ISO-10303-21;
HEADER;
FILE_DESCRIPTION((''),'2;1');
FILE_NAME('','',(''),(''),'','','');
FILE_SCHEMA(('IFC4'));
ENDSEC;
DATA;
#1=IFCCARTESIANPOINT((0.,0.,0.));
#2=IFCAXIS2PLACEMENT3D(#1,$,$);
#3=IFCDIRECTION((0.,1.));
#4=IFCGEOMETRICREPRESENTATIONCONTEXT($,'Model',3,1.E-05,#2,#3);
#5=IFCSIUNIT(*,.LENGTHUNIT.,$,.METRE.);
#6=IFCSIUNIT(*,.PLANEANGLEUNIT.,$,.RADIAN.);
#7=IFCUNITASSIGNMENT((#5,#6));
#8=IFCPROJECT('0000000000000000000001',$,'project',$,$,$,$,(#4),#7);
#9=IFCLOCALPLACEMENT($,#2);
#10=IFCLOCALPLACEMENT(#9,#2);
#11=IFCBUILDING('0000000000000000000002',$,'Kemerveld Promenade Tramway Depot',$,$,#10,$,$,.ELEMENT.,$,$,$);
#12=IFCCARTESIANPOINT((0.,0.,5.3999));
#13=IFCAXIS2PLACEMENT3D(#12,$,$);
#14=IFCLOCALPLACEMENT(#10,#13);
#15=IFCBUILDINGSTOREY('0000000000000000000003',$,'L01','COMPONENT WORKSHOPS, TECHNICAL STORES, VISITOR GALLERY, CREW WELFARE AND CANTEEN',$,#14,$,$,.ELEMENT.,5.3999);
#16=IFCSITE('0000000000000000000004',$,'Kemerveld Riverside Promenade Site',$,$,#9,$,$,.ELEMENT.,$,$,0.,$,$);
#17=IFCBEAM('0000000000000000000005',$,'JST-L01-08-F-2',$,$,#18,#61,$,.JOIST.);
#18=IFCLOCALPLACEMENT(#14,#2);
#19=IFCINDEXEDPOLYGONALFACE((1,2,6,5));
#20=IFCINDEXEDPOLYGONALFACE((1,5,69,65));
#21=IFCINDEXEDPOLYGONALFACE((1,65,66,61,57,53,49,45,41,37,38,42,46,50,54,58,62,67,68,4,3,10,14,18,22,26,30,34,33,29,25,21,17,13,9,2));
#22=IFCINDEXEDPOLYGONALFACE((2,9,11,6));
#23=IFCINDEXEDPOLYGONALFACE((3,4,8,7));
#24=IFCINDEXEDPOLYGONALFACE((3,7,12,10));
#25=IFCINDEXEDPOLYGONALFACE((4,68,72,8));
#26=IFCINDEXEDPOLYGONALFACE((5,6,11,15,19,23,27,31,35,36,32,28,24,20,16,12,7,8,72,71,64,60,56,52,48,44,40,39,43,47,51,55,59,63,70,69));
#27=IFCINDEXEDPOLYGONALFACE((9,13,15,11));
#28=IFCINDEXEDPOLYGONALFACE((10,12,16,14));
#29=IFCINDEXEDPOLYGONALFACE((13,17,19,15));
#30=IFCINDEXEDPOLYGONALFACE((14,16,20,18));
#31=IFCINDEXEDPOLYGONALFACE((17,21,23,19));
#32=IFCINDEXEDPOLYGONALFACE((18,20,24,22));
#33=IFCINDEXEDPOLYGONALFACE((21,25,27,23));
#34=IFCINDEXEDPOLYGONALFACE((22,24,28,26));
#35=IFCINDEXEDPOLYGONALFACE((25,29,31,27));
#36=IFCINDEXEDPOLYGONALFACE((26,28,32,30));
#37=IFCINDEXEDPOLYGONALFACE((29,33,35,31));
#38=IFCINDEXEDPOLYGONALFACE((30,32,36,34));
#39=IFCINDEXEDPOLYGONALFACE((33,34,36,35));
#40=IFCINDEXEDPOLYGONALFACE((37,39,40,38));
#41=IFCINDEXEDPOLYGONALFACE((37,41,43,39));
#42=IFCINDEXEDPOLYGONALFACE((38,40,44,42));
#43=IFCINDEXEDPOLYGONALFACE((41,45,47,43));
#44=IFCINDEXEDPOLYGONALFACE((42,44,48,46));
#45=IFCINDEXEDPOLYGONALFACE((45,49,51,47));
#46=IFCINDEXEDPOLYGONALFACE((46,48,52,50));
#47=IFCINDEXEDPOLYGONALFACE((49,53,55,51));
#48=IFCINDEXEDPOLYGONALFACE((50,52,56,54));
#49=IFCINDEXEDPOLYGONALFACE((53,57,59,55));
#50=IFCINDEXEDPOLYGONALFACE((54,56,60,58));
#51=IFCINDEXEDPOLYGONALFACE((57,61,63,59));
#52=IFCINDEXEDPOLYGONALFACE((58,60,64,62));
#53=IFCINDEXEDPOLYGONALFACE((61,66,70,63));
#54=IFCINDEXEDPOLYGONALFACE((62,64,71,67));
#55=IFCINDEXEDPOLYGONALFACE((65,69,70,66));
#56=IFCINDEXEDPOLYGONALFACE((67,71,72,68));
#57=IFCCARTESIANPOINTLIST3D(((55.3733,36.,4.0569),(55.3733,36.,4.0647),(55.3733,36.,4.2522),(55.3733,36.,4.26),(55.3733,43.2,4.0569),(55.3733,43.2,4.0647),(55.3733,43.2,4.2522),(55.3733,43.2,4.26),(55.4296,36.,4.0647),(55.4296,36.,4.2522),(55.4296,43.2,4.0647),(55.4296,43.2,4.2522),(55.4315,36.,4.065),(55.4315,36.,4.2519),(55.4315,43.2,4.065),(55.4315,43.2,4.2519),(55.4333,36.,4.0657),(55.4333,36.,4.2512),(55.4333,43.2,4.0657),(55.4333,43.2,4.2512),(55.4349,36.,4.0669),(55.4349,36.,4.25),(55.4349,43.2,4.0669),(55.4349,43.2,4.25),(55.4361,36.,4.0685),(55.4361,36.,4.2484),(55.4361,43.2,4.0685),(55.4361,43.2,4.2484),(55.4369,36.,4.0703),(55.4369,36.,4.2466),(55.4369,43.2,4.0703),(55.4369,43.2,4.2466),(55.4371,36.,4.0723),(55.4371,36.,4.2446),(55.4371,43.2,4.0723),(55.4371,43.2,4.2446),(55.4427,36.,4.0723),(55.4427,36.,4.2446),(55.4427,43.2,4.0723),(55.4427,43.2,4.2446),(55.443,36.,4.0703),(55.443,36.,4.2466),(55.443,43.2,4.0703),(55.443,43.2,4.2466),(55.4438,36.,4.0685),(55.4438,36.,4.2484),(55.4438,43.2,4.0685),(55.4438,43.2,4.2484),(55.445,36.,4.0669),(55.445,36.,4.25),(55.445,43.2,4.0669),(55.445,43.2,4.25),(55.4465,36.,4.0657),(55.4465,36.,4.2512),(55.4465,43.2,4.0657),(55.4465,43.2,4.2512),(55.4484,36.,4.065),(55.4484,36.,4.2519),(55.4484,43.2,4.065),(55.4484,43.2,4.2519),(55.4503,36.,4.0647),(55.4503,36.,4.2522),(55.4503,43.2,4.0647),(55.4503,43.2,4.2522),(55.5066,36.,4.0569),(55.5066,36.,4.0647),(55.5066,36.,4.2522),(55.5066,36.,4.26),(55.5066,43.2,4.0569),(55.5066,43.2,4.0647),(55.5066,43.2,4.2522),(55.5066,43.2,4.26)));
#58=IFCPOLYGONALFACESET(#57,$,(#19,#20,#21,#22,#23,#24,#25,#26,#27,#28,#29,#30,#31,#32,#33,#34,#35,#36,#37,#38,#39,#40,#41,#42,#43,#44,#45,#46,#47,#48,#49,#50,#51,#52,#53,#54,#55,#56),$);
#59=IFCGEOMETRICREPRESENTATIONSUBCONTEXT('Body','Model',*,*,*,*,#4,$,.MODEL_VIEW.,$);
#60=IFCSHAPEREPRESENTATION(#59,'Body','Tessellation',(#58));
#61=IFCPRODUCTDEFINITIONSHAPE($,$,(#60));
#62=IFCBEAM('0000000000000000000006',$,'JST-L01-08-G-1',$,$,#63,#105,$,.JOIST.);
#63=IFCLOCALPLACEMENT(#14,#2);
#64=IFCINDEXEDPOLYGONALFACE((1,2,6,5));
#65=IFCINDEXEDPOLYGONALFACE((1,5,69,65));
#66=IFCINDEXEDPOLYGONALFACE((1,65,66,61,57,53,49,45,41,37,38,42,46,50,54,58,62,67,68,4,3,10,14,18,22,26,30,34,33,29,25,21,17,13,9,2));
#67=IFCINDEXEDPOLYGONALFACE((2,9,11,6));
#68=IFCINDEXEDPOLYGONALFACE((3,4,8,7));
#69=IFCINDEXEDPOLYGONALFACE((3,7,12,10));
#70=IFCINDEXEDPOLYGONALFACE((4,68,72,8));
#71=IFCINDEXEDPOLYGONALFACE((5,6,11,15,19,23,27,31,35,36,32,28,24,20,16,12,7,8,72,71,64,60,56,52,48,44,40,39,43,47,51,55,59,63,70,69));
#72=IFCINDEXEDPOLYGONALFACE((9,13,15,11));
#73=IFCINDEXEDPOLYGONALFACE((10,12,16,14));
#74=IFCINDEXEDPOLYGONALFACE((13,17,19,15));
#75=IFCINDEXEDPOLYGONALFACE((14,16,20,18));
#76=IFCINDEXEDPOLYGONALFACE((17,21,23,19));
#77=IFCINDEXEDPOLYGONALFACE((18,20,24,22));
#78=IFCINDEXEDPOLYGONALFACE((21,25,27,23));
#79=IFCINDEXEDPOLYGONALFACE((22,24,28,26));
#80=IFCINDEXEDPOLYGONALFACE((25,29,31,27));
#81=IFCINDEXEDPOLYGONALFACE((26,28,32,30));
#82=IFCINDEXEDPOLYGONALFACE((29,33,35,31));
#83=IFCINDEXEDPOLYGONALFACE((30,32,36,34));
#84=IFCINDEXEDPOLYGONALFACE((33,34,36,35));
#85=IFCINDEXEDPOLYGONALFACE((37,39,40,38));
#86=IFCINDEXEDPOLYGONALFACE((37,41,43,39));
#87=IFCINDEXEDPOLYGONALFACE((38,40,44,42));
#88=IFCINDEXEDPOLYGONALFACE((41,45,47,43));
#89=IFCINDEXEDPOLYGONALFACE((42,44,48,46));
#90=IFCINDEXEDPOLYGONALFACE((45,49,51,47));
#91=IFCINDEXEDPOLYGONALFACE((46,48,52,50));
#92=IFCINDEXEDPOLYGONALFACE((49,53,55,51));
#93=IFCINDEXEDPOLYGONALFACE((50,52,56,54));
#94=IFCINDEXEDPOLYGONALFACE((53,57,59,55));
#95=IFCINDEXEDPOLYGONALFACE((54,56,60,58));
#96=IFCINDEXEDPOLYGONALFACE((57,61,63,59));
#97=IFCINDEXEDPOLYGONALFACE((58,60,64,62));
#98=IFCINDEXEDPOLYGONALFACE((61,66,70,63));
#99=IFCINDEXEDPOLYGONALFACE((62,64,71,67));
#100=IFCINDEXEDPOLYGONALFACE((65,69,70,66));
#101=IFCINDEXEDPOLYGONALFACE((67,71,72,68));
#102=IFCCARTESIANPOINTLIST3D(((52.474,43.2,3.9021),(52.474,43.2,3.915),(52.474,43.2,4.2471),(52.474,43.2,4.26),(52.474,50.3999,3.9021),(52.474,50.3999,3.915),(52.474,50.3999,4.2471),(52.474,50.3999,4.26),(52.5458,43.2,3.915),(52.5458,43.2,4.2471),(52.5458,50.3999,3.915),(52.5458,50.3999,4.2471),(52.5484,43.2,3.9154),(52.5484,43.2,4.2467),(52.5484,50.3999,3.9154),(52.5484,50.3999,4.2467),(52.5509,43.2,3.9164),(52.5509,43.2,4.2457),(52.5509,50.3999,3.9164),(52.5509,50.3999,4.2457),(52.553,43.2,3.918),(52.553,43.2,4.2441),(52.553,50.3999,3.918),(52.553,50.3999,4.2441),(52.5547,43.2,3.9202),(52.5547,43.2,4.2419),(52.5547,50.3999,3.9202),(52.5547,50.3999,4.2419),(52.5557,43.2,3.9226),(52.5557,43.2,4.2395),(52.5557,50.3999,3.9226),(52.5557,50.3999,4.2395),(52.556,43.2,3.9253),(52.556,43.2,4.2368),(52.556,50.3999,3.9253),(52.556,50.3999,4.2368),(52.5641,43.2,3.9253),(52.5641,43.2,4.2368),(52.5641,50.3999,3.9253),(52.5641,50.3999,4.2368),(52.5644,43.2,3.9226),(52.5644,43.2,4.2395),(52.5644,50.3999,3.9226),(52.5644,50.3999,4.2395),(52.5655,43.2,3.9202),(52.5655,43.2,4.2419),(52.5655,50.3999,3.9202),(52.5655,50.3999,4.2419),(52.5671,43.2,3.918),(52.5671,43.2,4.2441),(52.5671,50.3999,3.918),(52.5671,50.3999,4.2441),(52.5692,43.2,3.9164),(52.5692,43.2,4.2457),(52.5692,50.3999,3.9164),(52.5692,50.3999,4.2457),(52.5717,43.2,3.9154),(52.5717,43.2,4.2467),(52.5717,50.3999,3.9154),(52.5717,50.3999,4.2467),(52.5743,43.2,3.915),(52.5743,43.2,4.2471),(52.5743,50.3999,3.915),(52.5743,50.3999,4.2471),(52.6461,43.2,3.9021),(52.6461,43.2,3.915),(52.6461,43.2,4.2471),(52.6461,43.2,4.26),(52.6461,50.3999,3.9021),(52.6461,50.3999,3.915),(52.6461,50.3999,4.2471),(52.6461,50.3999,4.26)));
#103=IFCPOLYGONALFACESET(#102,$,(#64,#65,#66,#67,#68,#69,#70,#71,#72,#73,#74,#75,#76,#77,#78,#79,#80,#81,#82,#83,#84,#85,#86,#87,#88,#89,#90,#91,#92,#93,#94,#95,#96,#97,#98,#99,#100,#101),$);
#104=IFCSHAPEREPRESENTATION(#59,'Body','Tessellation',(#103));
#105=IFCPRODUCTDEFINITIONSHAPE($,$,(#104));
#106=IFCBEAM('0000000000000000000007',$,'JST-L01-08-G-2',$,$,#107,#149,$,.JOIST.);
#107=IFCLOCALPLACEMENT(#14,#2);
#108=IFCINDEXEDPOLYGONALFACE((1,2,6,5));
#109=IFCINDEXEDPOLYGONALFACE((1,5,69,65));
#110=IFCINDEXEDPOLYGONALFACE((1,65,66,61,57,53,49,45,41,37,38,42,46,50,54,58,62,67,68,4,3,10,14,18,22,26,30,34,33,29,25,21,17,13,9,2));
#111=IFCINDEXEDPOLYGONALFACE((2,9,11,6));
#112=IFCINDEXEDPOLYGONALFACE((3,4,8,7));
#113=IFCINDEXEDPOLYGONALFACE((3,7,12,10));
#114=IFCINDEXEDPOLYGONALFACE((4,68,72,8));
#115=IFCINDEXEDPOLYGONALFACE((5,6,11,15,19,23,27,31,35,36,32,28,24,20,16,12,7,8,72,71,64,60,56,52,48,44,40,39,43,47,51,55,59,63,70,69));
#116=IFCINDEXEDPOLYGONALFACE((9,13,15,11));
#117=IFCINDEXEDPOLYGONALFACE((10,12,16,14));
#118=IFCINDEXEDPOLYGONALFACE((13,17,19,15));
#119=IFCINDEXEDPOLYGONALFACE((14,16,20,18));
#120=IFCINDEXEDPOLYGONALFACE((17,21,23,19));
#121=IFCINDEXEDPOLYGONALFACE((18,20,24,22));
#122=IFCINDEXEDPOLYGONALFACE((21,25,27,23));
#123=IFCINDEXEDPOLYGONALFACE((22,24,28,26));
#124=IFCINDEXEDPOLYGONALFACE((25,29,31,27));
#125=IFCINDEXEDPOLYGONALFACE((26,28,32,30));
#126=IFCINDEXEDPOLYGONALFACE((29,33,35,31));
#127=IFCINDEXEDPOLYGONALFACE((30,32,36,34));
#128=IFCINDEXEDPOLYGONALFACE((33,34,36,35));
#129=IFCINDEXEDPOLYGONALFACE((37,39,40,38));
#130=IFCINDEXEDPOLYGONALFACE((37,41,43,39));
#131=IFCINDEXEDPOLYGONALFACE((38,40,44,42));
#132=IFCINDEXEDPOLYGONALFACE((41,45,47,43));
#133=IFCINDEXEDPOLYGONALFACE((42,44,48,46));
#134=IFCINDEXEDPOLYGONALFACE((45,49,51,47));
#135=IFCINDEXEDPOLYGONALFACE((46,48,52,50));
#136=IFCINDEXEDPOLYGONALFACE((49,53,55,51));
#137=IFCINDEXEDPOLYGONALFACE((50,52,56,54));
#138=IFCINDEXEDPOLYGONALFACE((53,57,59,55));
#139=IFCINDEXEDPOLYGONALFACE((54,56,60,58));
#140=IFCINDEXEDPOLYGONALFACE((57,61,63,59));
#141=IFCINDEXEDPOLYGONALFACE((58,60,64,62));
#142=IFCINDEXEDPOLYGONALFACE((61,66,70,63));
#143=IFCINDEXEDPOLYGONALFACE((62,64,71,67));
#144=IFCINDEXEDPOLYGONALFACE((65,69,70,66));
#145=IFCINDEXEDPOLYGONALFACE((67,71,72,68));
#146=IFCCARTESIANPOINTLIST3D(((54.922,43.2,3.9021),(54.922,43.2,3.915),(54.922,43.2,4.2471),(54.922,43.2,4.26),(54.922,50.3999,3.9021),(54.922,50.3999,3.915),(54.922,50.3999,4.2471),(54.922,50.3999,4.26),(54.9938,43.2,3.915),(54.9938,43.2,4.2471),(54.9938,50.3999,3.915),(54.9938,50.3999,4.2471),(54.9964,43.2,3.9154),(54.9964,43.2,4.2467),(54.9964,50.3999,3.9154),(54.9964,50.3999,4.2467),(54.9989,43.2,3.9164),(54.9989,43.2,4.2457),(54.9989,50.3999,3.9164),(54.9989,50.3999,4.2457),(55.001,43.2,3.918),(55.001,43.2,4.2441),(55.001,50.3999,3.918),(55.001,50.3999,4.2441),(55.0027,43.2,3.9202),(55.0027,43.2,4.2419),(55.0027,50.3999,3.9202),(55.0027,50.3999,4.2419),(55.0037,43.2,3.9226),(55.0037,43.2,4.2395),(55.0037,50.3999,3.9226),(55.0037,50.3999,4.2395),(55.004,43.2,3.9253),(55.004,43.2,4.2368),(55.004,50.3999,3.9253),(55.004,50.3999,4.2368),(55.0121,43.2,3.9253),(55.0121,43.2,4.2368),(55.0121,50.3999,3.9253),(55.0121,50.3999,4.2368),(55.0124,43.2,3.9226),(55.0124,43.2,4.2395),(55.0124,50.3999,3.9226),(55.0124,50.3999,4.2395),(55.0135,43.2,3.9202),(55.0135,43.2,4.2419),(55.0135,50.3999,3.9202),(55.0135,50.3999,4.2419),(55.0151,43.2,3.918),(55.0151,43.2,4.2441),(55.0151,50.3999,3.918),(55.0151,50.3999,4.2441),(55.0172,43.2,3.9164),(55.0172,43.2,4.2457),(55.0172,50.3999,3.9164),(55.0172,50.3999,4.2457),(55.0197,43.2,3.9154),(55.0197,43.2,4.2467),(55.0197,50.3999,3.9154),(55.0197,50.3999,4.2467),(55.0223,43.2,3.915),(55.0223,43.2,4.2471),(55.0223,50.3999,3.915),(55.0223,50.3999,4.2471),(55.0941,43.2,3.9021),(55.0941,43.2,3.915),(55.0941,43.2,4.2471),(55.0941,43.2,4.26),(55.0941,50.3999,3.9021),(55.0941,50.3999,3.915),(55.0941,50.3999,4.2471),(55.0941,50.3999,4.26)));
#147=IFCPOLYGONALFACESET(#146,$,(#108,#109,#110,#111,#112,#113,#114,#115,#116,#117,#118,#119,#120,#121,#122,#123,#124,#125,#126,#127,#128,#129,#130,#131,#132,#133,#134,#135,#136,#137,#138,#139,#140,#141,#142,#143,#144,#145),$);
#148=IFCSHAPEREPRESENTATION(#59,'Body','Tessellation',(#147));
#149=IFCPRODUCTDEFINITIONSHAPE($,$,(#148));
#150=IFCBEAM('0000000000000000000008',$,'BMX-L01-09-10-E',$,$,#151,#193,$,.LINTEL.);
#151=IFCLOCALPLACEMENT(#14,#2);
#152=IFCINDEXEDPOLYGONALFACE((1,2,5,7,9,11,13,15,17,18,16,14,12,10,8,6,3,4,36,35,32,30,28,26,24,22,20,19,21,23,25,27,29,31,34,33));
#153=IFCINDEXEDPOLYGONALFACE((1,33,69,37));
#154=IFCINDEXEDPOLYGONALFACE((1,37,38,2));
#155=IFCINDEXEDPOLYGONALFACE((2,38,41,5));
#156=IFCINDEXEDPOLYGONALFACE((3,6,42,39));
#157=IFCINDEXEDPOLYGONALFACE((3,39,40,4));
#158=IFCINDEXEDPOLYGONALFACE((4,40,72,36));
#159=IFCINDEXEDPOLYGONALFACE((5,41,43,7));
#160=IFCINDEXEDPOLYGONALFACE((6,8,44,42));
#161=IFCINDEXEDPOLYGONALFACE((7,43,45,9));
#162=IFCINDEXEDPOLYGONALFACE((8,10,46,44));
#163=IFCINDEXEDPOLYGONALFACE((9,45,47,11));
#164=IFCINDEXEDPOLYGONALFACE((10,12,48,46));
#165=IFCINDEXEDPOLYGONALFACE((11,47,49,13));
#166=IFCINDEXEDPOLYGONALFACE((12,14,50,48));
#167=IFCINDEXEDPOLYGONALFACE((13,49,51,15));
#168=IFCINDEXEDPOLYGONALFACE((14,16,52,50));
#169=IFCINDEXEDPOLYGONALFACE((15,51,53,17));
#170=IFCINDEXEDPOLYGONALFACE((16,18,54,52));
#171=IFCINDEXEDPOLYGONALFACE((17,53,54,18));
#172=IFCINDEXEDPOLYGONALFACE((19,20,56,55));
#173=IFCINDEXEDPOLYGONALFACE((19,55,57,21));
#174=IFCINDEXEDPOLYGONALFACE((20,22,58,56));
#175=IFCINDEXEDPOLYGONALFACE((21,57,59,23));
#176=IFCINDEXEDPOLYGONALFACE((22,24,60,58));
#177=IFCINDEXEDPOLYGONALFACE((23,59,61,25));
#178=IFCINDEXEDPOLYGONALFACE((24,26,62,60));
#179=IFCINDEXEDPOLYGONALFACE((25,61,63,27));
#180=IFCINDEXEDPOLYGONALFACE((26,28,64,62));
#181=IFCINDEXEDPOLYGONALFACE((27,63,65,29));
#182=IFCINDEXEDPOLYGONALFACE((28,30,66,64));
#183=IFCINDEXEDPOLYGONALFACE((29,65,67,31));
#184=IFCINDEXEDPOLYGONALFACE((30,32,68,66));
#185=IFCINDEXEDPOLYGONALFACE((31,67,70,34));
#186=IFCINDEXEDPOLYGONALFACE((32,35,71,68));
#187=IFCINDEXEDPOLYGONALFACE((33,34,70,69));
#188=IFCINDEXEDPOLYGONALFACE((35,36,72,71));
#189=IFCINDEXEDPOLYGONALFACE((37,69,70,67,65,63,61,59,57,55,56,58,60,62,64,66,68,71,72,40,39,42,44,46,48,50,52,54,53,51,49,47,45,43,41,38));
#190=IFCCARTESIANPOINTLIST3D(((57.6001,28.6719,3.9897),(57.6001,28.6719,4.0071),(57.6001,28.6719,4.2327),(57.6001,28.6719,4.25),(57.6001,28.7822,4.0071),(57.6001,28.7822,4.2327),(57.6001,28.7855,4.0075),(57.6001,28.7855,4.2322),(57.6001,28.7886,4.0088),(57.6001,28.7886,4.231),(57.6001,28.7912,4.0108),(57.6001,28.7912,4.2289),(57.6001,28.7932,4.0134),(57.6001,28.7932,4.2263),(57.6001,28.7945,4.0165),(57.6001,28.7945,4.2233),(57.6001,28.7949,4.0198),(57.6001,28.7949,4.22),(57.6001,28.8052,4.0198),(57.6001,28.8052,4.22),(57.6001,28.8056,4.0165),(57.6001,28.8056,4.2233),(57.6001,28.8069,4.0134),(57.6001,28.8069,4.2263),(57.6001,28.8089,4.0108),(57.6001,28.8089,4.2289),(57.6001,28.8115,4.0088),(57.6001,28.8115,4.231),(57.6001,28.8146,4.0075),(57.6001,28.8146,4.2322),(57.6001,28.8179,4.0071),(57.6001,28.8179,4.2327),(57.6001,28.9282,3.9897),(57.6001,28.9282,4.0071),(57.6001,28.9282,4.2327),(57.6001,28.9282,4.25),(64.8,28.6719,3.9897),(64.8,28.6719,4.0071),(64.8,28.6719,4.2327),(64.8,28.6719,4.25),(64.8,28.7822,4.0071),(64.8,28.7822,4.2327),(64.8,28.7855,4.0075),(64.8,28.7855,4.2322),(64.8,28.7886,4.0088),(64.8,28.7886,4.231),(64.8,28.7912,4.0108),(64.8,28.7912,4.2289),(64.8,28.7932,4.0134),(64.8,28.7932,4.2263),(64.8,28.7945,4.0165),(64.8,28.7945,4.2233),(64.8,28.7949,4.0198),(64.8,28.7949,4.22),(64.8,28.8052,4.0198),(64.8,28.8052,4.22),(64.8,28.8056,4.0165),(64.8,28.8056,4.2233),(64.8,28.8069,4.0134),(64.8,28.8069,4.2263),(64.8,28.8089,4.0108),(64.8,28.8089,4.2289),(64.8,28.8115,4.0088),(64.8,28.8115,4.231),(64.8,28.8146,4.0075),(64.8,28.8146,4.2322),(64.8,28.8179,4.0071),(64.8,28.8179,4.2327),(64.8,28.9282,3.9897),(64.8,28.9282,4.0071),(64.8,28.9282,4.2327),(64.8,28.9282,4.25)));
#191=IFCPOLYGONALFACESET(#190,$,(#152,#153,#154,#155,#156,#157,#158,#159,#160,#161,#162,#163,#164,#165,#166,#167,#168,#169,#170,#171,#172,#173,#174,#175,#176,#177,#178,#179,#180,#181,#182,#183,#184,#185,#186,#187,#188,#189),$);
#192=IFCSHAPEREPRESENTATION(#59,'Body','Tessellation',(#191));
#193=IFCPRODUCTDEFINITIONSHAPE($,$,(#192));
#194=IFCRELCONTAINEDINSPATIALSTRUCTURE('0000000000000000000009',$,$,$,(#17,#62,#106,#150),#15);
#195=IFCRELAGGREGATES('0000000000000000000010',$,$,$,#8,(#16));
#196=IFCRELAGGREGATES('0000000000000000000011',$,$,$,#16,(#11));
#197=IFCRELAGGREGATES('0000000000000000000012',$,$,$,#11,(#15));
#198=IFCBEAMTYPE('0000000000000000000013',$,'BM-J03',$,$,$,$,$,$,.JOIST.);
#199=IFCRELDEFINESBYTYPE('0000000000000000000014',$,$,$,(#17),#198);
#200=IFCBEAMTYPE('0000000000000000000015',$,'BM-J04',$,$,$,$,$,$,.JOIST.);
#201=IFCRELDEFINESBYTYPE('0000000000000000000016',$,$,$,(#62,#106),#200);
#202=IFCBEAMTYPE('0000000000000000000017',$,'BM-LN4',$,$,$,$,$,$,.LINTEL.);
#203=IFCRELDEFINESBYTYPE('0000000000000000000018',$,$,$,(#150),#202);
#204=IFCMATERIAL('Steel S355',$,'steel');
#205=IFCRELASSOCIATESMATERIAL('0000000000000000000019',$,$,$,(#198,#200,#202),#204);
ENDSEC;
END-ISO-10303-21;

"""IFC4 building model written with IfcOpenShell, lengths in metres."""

from ifc_helpers import new_model, si_unit, direction, frame, origin, origin_2d, place, context, subcontext, project, spatial, i_section, extrude, material, material_profile, profile_set, type_object, element, save


model = new_model("IFC4")

# Units and contexts
model_context = context("Model", 3, precision=1e-05, world=origin(), true_north=direction((0.0, 1.0)))
body_context = subcontext(model_context, "Body", "Model", "MODEL_VIEW")
ifc_project = project(units=[si_unit("LENGTHUNIT", "METRE"), si_unit("PLANEANGLEUNIT", "RADIAN")], contexts=[model_context])

# Site, building, storey
site_placement = place(None, origin())
site = spatial("IfcSite", under=ifc_project, at=site_placement, Name="Kemerveld Riverside Promenade Site", CompositionType="ELEMENT", RefElevation=0.0)
building_placement = place(site_placement, origin())
building = spatial("IfcBuilding", under=site, at=building_placement, Name="Kemerveld Promenade Tramway Depot", CompositionType="ELEMENT")
storey_placement = place(building_placement, frame((0.0, 0.0, 5.3999)))
storey = spatial("IfcBuildingStorey", under=building, at=storey_placement, Name="L01", Description="COMPONENT WORKSHOPS, TECHNICAL STORES, VISITOR GALLERY, CREW WELFARE AND CANTEEN", CompositionType="ELEMENT", Elevation=5.3999)

# Shared definitions
ifc_material_1 = material(Name="Steel S355", Category="steel")

# Beams
ifc_material_profile_1 = material_profile(ifc_material_1, i_section(OverallWidth=0.1333, OverallDepth=0.2031, WebThickness=0.0056, FlangeThickness=0.0078, FilletRadius=0.0076, at=origin_2d()), Name="203x133x25 UB")
ifc_profile_set_1 = profile_set([ifc_material_profile_1], Name="Steel S355")
beam_type_1 = type_object("IfcBeamType", Name="BM-J03", PredefinedType="JOIST", material=ifc_profile_set_1)
for number, where, z_axis, x_axis, name in (
    (1, (55.4399, 36.0, 4.1584), (0.0, 1.0, 0.0), (-1.0, 0.0, 0.0), "JST-L01-08-F-2"),
):
    element("IfcBeam", number, at=place(storey_placement, frame(where, z_axis=z_axis, x_axis=x_axis)), inside=storey, type_object=beam_type_1, Name=name, PredefinedType="JOIST", context=body_context, shape_type="SweptSolid", body=[
        extrude(i_section(OverallWidth=0.1333, OverallDepth=0.2031, WebThickness=0.0056, FlangeThickness=0.0078, FilletRadius=0.0076, at=origin_2d()), origin(), (0.0, 0.0, 1.0), 7.2),
    ])
ifc_material_profile_2 = material_profile(ifc_material_1, i_section(OverallWidth=0.1721, OverallDepth=0.3579, WebThickness=0.0081, FlangeThickness=0.0129, FilletRadius=0.0103, at=origin_2d()), Name="356x171x57 UB")
ifc_profile_set_2 = profile_set([ifc_material_profile_2], Name="Steel S355")
beam_type_2 = type_object("IfcBeamType", Name="BM-J04", PredefinedType="JOIST", material=ifc_profile_set_2)
for number, where, z_axis, x_axis, name in (
    (2, (52.5601, 43.2, 4.0811), (0.0, 1.0, 0.0), (-1.0, 0.0, 0.0), "JST-L01-08-G-1"),
    (3, (55.0081, 43.2, 4.0811), (0.0, 1.0, 0.0), (-1.0, 0.0, 0.0), "JST-L01-08-G-2"),
):
    element("IfcBeam", number, at=place(storey_placement, frame(where, z_axis=z_axis, x_axis=x_axis)), inside=storey, type_object=beam_type_2, Name=name, PredefinedType="JOIST", context=body_context, shape_type="SweptSolid", body=[
        extrude(i_section(OverallWidth=0.1721, OverallDepth=0.3579, WebThickness=0.0081, FlangeThickness=0.0129, FilletRadius=0.0103, at=origin_2d()), origin(), (0.0, 0.0, 1.0), 7.2),
    ])
ifc_material_profile_3 = material_profile(ifc_material_1, i_section(OverallWidth=0.2563, OverallDepth=0.2603, WebThickness=0.0103, FlangeThickness=0.0173, FilletRadius=0.0127, at=origin_2d()), Name="254x254x89 UC")
ifc_profile_set_3 = profile_set([ifc_material_profile_3], Name="Steel S355")
beam_type_3 = type_object("IfcBeamType", Name="BM-LN4", PredefinedType="LINTEL", material=ifc_profile_set_3)
beam_placement = place(storey_placement, frame((57.6001, 28.8, 4.1199), z_axis=(1.0, 0.0, 0.0), x_axis=(0.0, 1.0, 0.0)))
element("IfcBeam", 4, at=beam_placement, inside=storey, type_object=beam_type_3, Name="BMX-L01-09-10-E", PredefinedType="LINTEL", context=body_context, shape_type="SweptSolid", body=[
    extrude(i_section(OverallWidth=0.2563, OverallDepth=0.2603, WebThickness=0.0103, FlangeThickness=0.0173, FilletRadius=0.0127, at=origin_2d()), origin(), (0.0, 0.0, 1.0), 7.2),
])

save(model, "model.ifc")
